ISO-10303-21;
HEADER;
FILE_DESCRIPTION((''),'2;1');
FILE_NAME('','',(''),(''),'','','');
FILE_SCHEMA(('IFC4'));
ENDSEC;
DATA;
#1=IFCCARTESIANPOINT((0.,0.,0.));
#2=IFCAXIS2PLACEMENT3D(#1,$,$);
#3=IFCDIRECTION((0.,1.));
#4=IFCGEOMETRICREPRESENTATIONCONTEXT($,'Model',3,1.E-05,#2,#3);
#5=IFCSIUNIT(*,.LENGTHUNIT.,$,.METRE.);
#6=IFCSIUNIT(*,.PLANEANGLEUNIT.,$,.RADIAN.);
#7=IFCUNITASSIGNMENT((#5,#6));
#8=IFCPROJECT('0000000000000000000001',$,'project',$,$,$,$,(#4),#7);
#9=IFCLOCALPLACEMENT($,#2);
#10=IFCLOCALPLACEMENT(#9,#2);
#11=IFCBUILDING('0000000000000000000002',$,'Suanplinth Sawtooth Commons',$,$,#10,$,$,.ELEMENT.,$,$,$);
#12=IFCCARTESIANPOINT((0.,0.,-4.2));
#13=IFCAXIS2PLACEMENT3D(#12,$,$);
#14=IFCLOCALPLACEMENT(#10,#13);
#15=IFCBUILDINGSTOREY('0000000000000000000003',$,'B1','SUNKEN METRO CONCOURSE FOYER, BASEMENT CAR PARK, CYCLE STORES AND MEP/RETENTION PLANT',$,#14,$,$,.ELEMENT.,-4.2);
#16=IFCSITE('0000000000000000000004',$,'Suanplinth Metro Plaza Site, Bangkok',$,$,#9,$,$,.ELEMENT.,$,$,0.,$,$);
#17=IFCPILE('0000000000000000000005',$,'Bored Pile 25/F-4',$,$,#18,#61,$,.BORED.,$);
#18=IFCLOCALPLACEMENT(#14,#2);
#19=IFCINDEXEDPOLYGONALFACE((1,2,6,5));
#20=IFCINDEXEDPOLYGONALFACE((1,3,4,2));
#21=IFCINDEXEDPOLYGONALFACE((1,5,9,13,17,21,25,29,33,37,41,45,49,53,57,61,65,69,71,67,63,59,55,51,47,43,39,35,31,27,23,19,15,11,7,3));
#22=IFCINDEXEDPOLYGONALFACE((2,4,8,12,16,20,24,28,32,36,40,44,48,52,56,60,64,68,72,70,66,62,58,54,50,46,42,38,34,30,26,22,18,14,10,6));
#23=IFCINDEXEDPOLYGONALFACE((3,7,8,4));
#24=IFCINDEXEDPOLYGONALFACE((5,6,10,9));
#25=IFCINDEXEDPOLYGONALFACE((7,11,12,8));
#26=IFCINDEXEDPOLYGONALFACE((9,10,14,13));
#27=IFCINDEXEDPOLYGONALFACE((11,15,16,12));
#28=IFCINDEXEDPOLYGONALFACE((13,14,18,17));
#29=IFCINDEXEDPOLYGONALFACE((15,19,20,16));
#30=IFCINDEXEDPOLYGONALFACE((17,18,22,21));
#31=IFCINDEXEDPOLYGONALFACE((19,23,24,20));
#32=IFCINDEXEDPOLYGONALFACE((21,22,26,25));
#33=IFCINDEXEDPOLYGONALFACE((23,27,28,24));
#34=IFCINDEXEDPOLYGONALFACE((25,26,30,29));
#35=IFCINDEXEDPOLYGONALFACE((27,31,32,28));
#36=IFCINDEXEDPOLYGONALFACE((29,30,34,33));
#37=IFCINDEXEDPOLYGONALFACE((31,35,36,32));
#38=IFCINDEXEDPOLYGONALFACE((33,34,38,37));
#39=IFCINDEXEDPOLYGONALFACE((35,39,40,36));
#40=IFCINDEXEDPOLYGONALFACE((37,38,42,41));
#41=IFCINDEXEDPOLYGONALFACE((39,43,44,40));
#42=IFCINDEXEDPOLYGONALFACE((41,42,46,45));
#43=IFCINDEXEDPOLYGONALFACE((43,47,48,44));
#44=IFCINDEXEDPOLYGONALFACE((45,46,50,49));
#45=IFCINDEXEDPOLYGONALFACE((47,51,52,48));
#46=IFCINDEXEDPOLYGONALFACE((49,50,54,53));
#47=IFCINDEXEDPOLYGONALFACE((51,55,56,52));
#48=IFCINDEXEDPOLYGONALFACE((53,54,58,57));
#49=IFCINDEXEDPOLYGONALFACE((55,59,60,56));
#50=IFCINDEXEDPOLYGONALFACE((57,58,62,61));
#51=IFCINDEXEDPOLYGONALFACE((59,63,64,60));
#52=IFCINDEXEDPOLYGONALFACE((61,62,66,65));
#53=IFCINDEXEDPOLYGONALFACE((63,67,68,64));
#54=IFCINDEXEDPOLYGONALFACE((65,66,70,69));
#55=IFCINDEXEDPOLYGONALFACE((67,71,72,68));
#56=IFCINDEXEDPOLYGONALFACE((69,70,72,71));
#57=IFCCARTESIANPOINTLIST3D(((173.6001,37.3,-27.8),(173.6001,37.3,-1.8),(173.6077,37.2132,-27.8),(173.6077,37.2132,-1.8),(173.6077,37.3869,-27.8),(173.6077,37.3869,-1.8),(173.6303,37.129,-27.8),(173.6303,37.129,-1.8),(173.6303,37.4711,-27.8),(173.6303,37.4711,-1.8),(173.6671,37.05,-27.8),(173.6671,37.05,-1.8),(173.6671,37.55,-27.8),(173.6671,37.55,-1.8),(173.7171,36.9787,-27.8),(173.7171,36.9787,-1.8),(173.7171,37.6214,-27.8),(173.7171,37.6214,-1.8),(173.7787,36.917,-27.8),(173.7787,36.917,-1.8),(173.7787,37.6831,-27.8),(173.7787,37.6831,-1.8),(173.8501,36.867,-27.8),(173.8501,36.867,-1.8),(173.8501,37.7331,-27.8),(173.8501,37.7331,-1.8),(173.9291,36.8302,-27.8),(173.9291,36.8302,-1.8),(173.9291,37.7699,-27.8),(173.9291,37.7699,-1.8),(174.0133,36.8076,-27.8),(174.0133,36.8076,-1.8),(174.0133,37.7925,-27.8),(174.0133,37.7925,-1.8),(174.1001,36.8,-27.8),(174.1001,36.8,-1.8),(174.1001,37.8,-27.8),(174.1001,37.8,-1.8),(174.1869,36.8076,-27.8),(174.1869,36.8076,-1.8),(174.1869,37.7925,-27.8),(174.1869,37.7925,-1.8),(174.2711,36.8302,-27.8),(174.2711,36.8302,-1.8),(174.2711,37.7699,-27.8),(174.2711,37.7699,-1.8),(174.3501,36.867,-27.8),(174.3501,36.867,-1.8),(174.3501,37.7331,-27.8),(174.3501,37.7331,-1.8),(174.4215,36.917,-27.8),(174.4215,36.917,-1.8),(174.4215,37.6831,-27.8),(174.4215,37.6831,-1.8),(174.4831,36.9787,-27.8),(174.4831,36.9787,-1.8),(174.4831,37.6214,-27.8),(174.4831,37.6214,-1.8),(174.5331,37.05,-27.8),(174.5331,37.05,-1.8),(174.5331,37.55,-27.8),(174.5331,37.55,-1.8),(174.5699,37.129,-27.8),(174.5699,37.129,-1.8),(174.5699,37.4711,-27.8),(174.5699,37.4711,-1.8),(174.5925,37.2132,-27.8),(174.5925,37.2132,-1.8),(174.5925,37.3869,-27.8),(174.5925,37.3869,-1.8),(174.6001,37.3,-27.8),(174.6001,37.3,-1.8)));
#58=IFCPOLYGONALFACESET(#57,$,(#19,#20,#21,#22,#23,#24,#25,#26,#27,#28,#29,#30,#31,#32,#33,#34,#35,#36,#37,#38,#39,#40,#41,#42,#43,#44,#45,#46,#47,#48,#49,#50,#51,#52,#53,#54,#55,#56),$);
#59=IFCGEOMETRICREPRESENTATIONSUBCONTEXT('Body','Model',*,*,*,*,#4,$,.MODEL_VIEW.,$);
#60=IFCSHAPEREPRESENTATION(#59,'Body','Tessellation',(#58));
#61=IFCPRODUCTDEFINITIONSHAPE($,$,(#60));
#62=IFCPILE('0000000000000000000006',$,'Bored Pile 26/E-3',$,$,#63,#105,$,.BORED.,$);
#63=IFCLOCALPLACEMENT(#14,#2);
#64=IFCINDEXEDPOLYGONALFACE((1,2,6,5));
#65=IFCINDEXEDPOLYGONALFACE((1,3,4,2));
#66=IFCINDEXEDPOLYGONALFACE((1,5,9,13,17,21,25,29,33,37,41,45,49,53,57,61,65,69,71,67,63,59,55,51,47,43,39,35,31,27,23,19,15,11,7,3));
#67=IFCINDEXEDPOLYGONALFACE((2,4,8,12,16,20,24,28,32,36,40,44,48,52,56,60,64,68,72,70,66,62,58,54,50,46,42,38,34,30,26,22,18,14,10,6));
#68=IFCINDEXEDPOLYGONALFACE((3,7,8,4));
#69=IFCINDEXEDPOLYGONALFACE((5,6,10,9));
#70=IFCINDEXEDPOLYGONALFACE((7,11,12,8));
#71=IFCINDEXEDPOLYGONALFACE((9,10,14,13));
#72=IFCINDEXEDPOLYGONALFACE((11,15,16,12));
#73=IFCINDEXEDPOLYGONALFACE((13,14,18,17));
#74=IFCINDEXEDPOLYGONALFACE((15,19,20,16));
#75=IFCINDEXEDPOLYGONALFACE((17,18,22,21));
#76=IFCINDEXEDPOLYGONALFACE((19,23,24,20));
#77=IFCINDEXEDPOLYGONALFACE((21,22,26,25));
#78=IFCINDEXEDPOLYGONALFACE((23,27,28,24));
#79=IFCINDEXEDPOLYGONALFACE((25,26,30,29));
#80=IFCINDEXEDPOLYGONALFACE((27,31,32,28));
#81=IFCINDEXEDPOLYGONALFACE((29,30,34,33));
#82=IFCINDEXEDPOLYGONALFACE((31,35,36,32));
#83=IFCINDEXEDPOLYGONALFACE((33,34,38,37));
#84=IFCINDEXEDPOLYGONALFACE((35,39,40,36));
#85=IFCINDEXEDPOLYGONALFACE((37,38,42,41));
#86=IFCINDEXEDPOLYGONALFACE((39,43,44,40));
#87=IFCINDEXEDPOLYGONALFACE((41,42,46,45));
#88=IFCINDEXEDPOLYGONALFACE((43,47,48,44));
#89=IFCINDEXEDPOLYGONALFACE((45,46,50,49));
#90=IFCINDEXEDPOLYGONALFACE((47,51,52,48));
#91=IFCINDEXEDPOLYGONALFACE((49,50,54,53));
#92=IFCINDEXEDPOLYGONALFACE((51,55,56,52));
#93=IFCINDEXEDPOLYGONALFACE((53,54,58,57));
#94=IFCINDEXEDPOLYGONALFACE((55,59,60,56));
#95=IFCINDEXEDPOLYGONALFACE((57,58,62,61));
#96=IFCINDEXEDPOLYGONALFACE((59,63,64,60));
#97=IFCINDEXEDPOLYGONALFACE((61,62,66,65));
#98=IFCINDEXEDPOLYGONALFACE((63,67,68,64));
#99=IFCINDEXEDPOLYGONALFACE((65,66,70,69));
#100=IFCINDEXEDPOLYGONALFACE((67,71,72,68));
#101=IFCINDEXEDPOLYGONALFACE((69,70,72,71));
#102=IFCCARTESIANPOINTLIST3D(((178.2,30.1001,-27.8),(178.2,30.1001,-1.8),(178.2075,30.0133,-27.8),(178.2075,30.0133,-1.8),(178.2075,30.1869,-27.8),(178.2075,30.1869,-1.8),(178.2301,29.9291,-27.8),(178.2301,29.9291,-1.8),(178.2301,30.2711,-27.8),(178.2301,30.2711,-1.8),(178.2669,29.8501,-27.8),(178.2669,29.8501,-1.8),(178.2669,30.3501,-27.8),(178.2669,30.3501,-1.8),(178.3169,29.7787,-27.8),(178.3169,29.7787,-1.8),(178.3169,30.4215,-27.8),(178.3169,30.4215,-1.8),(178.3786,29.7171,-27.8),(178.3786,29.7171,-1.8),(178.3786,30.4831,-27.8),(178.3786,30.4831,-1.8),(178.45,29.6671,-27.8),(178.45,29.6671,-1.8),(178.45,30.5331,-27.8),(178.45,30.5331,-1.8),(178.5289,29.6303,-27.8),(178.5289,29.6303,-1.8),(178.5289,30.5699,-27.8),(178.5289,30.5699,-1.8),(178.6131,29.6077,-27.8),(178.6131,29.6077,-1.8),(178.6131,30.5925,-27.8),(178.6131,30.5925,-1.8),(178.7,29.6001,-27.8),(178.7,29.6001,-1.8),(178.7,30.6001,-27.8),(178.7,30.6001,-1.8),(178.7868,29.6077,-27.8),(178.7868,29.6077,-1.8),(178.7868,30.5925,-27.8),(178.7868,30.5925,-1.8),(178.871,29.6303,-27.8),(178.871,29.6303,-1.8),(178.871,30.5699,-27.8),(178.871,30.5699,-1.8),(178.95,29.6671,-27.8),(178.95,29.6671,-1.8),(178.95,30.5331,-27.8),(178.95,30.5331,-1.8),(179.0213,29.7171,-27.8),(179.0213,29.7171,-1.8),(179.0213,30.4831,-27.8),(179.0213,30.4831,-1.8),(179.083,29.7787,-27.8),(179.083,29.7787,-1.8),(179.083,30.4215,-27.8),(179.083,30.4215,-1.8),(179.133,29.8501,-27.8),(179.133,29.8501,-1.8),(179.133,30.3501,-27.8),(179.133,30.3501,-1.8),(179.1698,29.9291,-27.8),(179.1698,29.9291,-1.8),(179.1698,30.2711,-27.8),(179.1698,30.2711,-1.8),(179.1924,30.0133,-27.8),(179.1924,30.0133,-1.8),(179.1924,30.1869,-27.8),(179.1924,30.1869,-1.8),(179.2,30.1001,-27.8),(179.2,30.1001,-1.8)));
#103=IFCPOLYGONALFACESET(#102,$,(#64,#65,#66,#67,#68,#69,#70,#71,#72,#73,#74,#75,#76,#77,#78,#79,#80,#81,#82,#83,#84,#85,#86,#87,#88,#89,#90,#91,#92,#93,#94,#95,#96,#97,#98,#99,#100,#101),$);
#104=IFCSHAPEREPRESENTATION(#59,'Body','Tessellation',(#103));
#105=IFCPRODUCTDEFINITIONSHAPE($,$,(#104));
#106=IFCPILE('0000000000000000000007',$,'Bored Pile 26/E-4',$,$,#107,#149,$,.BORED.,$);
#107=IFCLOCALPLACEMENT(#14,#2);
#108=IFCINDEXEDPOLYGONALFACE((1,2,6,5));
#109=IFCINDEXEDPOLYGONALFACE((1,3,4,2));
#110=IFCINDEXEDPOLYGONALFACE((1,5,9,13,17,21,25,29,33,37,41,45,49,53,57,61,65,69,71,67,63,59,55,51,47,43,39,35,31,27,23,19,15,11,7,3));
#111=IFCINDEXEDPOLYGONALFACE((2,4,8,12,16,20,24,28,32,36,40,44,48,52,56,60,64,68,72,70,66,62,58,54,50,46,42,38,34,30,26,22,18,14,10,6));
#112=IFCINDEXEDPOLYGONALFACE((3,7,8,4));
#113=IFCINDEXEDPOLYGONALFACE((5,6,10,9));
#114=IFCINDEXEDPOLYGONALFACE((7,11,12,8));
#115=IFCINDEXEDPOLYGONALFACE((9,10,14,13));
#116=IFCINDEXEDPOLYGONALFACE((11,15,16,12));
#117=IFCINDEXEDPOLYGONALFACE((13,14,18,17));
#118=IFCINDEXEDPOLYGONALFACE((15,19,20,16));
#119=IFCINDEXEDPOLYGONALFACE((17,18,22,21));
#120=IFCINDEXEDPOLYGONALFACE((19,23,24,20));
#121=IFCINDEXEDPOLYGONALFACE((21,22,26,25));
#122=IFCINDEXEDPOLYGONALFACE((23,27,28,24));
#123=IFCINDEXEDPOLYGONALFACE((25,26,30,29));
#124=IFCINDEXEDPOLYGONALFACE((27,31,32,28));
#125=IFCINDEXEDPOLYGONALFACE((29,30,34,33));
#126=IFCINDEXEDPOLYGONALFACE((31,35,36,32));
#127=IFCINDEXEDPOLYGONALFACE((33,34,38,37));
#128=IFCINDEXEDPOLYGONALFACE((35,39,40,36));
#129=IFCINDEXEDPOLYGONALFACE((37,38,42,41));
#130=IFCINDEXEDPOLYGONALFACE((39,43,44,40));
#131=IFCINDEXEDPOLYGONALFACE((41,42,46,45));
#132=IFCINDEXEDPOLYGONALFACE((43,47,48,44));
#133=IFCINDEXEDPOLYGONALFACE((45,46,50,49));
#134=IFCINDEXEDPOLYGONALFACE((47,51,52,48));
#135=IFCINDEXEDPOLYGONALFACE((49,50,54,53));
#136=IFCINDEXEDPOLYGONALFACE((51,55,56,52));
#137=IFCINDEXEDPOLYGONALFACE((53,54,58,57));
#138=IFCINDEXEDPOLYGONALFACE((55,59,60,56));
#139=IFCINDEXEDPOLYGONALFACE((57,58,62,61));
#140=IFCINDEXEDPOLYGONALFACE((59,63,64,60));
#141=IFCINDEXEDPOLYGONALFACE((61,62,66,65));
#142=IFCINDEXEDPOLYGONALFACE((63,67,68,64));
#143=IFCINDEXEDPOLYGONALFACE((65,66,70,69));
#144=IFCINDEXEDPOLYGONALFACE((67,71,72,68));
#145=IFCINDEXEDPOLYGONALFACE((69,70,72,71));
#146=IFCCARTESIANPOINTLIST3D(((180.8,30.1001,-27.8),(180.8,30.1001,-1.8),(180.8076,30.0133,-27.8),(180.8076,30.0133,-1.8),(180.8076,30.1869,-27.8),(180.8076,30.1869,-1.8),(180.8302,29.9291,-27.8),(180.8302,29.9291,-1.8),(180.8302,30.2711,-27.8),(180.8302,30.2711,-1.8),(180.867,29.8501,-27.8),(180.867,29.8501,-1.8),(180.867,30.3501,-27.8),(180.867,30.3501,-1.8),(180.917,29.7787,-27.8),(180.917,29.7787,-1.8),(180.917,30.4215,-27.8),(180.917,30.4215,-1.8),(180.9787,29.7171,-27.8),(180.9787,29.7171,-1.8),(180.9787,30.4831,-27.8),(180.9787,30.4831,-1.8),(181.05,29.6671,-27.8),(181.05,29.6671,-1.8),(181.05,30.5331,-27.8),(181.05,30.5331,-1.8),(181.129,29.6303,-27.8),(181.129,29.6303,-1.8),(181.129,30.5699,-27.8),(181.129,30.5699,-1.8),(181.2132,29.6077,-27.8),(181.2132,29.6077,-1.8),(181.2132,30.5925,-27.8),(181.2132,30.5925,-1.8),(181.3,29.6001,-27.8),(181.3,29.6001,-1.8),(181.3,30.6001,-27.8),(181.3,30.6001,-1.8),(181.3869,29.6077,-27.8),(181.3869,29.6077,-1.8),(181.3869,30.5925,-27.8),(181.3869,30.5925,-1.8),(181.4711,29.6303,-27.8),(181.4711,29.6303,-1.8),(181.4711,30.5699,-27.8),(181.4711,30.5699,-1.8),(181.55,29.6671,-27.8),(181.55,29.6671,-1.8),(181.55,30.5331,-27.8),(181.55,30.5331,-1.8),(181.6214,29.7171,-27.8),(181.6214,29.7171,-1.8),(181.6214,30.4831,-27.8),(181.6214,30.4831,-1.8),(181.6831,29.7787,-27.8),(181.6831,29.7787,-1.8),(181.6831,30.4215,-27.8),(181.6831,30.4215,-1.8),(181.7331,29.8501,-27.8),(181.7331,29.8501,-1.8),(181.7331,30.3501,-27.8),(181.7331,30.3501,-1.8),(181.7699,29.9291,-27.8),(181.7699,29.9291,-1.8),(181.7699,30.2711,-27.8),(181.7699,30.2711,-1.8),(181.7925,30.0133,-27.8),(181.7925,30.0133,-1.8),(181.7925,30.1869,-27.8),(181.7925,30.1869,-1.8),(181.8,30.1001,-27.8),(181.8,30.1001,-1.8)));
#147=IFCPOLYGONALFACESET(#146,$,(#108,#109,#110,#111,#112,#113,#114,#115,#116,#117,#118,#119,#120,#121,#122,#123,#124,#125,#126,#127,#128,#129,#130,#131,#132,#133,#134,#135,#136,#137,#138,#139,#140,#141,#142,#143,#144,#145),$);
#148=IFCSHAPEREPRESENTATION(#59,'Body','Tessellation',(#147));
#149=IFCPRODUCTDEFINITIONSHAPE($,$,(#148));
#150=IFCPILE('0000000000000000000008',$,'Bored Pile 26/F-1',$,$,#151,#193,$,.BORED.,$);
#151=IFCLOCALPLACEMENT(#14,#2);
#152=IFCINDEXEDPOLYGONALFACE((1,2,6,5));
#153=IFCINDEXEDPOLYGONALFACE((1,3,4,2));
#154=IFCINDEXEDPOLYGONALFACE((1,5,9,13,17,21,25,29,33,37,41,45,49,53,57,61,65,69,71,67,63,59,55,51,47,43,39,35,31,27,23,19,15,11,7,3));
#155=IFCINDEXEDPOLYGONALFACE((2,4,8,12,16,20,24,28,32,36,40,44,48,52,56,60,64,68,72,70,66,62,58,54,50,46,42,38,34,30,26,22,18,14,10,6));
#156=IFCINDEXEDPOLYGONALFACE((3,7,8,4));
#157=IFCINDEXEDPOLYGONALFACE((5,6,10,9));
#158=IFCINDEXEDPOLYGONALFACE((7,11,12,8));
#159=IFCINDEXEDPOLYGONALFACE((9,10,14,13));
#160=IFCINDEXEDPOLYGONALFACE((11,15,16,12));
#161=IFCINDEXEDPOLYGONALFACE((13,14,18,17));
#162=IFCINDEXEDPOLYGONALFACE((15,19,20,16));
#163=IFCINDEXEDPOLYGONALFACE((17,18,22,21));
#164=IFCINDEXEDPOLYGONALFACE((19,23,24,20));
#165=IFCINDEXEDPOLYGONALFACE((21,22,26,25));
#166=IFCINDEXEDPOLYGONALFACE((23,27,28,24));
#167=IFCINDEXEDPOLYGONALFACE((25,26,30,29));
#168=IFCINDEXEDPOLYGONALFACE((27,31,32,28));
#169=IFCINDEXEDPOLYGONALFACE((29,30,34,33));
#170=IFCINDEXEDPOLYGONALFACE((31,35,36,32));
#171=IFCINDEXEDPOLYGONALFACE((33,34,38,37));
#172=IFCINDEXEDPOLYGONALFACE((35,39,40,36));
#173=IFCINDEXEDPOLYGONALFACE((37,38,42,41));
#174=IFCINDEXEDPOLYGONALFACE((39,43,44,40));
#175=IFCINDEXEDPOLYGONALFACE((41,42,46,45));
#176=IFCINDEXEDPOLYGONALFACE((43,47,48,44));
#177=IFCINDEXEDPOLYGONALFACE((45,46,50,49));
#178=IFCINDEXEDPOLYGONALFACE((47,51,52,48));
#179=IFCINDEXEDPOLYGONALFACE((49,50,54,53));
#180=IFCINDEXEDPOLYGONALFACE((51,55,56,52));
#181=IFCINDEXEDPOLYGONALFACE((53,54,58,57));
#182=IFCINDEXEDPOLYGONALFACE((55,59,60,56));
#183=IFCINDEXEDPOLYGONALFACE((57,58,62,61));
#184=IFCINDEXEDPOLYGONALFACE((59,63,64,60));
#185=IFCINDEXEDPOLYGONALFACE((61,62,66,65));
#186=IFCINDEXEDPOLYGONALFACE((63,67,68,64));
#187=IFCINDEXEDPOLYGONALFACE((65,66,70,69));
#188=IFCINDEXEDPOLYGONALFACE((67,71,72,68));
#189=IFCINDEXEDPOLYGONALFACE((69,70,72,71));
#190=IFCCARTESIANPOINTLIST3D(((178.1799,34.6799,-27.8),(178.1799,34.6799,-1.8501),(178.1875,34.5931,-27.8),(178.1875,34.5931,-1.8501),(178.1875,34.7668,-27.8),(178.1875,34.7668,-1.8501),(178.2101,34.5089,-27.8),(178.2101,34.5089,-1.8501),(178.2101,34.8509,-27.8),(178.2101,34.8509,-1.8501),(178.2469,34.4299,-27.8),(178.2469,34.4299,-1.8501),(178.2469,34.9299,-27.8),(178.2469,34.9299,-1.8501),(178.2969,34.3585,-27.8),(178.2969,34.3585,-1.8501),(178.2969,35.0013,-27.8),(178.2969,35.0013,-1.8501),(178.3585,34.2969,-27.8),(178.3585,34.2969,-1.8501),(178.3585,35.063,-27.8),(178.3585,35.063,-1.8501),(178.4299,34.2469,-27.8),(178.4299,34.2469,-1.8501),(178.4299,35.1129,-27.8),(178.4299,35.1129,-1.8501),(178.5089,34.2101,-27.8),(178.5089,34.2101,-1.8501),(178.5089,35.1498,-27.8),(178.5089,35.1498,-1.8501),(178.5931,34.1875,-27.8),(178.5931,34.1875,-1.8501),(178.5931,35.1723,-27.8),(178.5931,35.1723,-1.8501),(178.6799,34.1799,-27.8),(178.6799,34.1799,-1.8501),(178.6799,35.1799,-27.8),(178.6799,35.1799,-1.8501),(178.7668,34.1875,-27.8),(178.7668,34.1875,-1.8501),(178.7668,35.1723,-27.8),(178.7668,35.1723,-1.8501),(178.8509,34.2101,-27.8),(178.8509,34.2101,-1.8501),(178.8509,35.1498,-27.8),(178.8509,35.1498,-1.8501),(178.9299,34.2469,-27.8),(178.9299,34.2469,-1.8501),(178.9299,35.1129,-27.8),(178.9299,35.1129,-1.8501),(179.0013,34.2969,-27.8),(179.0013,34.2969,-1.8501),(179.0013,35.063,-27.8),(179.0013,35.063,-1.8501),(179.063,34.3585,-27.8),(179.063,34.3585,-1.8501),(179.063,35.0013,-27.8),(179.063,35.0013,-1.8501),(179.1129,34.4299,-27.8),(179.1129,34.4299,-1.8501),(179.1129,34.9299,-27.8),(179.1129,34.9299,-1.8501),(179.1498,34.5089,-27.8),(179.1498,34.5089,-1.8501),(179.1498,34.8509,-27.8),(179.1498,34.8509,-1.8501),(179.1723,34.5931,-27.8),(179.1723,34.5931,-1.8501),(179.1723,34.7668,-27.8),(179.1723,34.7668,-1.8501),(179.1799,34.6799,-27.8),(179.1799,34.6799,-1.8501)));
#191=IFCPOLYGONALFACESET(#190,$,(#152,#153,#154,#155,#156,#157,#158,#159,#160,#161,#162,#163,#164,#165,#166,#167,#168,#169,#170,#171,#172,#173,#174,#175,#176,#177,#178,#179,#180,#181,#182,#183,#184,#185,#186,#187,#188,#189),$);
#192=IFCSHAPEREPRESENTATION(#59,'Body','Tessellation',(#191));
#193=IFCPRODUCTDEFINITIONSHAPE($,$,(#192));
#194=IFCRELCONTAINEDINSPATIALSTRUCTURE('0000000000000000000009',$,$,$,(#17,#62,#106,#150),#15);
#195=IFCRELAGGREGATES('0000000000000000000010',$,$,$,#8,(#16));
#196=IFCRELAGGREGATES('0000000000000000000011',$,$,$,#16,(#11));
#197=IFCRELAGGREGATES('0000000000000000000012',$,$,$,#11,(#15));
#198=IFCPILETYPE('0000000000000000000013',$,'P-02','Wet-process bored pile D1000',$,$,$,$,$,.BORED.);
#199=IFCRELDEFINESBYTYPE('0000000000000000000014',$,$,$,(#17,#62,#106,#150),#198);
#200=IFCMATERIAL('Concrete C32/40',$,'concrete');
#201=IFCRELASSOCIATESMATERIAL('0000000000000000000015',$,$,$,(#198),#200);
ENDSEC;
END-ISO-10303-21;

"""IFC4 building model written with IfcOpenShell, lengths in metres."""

from ifc_helpers import new_model, si_unit, direction, frame, origin, origin_2d, place, context, subcontext, project, spatial, circle, extrude, material, material_profile, profile_set, type_object, element, save


model = new_model("IFC4")

# Units and contexts
model_context = context("Model", 3, precision=1e-05, world=origin(), true_north=direction((0.0, 1.0)))
body_context = subcontext(model_context, "Body", "Model", "MODEL_VIEW")
ifc_project = project(units=[si_unit("LENGTHUNIT", "METRE"), si_unit("PLANEANGLEUNIT", "RADIAN")], contexts=[model_context])

# Site, building, storey
site_placement = place(None, origin())
site = spatial("IfcSite", under=ifc_project, at=site_placement, Name="Suanplinth Metro Plaza Site, Bangkok", CompositionType="ELEMENT", RefElevation=0.0)
building_placement = place(site_placement, origin())
building = spatial("IfcBuilding", under=site, at=building_placement, Name="Suanplinth Sawtooth Commons", CompositionType="ELEMENT")
storey_placement = place(building_placement, frame((0.0, 0.0, -4.2)))
storey = spatial("IfcBuildingStorey", under=building, at=storey_placement, Name="B1", Description="SUNKEN METRO CONCOURSE FOYER, BASEMENT CAR PARK, CYCLE STORES AND MEP/RETENTION PLANT", CompositionType="ELEMENT", Elevation=-4.2)

# Piles
ifc_material_1 = material(Name="Concrete C32/40", Category="concrete")
ifc_material_profile_1 = material_profile(ifc_material_1, circle(Radius=0.5, at=origin_2d()), Name="PILE D1000")
ifc_profile_set_1 = profile_set([ifc_material_profile_1], Name="Concrete C32/40")
pile_type = type_object("IfcPileType", Name="P-02", Description="Wet-process bored pile D1000", PredefinedType="BORED", material=ifc_profile_set_1)
for number, where, z_axis, x_axis, name in (
    (1, (174.1001, 37.3, -1.8), (0.0, 0.0, -1.0), (1.0, 0.0, 0.0), "Bored Pile 25/F-4"),
    (2, (178.7, 30.1001, -1.8), (0.0, 0.0, -1.0), (1.0, 0.0, 0.0), "Bored Pile 26/E-3"),
    (3, (181.3, 30.1001, -1.8), (0.0, 0.0, -1.0), (1.0, 0.0, 0.0), "Bored Pile 26/E-4"),
):
    element("IfcPile", number, at=place(storey_placement, frame(where, z_axis=z_axis, x_axis=x_axis)), inside=storey, type_object=pile_type, Name=name, PredefinedType="BORED", context=body_context, shape_type="SweptSolid", body=[
        extrude(circle(Radius=0.5, at=origin_2d()), origin(), (0.0, 0.0, 1.0), 26.0),
    ])
for number, where, z_axis, x_axis, name in (
    (4, (178.6799, 34.6799, -1.8501), (0.0, 0.0, -1.0), (1.0, 0.0, 0.0), "Bored Pile 26/F-1"),
):
    element("IfcPile", number, at=place(storey_placement, frame(where, z_axis=z_axis, x_axis=x_axis)), inside=storey, type_object=pile_type, Name=name, PredefinedType="BORED", context=body_context, shape_type="SweptSolid", body=[
        extrude(circle(Radius=0.5, at=origin_2d()), origin(), (0.0, 0.0, 1.0), 25.95),
    ])

save(model, "model.ifc")
